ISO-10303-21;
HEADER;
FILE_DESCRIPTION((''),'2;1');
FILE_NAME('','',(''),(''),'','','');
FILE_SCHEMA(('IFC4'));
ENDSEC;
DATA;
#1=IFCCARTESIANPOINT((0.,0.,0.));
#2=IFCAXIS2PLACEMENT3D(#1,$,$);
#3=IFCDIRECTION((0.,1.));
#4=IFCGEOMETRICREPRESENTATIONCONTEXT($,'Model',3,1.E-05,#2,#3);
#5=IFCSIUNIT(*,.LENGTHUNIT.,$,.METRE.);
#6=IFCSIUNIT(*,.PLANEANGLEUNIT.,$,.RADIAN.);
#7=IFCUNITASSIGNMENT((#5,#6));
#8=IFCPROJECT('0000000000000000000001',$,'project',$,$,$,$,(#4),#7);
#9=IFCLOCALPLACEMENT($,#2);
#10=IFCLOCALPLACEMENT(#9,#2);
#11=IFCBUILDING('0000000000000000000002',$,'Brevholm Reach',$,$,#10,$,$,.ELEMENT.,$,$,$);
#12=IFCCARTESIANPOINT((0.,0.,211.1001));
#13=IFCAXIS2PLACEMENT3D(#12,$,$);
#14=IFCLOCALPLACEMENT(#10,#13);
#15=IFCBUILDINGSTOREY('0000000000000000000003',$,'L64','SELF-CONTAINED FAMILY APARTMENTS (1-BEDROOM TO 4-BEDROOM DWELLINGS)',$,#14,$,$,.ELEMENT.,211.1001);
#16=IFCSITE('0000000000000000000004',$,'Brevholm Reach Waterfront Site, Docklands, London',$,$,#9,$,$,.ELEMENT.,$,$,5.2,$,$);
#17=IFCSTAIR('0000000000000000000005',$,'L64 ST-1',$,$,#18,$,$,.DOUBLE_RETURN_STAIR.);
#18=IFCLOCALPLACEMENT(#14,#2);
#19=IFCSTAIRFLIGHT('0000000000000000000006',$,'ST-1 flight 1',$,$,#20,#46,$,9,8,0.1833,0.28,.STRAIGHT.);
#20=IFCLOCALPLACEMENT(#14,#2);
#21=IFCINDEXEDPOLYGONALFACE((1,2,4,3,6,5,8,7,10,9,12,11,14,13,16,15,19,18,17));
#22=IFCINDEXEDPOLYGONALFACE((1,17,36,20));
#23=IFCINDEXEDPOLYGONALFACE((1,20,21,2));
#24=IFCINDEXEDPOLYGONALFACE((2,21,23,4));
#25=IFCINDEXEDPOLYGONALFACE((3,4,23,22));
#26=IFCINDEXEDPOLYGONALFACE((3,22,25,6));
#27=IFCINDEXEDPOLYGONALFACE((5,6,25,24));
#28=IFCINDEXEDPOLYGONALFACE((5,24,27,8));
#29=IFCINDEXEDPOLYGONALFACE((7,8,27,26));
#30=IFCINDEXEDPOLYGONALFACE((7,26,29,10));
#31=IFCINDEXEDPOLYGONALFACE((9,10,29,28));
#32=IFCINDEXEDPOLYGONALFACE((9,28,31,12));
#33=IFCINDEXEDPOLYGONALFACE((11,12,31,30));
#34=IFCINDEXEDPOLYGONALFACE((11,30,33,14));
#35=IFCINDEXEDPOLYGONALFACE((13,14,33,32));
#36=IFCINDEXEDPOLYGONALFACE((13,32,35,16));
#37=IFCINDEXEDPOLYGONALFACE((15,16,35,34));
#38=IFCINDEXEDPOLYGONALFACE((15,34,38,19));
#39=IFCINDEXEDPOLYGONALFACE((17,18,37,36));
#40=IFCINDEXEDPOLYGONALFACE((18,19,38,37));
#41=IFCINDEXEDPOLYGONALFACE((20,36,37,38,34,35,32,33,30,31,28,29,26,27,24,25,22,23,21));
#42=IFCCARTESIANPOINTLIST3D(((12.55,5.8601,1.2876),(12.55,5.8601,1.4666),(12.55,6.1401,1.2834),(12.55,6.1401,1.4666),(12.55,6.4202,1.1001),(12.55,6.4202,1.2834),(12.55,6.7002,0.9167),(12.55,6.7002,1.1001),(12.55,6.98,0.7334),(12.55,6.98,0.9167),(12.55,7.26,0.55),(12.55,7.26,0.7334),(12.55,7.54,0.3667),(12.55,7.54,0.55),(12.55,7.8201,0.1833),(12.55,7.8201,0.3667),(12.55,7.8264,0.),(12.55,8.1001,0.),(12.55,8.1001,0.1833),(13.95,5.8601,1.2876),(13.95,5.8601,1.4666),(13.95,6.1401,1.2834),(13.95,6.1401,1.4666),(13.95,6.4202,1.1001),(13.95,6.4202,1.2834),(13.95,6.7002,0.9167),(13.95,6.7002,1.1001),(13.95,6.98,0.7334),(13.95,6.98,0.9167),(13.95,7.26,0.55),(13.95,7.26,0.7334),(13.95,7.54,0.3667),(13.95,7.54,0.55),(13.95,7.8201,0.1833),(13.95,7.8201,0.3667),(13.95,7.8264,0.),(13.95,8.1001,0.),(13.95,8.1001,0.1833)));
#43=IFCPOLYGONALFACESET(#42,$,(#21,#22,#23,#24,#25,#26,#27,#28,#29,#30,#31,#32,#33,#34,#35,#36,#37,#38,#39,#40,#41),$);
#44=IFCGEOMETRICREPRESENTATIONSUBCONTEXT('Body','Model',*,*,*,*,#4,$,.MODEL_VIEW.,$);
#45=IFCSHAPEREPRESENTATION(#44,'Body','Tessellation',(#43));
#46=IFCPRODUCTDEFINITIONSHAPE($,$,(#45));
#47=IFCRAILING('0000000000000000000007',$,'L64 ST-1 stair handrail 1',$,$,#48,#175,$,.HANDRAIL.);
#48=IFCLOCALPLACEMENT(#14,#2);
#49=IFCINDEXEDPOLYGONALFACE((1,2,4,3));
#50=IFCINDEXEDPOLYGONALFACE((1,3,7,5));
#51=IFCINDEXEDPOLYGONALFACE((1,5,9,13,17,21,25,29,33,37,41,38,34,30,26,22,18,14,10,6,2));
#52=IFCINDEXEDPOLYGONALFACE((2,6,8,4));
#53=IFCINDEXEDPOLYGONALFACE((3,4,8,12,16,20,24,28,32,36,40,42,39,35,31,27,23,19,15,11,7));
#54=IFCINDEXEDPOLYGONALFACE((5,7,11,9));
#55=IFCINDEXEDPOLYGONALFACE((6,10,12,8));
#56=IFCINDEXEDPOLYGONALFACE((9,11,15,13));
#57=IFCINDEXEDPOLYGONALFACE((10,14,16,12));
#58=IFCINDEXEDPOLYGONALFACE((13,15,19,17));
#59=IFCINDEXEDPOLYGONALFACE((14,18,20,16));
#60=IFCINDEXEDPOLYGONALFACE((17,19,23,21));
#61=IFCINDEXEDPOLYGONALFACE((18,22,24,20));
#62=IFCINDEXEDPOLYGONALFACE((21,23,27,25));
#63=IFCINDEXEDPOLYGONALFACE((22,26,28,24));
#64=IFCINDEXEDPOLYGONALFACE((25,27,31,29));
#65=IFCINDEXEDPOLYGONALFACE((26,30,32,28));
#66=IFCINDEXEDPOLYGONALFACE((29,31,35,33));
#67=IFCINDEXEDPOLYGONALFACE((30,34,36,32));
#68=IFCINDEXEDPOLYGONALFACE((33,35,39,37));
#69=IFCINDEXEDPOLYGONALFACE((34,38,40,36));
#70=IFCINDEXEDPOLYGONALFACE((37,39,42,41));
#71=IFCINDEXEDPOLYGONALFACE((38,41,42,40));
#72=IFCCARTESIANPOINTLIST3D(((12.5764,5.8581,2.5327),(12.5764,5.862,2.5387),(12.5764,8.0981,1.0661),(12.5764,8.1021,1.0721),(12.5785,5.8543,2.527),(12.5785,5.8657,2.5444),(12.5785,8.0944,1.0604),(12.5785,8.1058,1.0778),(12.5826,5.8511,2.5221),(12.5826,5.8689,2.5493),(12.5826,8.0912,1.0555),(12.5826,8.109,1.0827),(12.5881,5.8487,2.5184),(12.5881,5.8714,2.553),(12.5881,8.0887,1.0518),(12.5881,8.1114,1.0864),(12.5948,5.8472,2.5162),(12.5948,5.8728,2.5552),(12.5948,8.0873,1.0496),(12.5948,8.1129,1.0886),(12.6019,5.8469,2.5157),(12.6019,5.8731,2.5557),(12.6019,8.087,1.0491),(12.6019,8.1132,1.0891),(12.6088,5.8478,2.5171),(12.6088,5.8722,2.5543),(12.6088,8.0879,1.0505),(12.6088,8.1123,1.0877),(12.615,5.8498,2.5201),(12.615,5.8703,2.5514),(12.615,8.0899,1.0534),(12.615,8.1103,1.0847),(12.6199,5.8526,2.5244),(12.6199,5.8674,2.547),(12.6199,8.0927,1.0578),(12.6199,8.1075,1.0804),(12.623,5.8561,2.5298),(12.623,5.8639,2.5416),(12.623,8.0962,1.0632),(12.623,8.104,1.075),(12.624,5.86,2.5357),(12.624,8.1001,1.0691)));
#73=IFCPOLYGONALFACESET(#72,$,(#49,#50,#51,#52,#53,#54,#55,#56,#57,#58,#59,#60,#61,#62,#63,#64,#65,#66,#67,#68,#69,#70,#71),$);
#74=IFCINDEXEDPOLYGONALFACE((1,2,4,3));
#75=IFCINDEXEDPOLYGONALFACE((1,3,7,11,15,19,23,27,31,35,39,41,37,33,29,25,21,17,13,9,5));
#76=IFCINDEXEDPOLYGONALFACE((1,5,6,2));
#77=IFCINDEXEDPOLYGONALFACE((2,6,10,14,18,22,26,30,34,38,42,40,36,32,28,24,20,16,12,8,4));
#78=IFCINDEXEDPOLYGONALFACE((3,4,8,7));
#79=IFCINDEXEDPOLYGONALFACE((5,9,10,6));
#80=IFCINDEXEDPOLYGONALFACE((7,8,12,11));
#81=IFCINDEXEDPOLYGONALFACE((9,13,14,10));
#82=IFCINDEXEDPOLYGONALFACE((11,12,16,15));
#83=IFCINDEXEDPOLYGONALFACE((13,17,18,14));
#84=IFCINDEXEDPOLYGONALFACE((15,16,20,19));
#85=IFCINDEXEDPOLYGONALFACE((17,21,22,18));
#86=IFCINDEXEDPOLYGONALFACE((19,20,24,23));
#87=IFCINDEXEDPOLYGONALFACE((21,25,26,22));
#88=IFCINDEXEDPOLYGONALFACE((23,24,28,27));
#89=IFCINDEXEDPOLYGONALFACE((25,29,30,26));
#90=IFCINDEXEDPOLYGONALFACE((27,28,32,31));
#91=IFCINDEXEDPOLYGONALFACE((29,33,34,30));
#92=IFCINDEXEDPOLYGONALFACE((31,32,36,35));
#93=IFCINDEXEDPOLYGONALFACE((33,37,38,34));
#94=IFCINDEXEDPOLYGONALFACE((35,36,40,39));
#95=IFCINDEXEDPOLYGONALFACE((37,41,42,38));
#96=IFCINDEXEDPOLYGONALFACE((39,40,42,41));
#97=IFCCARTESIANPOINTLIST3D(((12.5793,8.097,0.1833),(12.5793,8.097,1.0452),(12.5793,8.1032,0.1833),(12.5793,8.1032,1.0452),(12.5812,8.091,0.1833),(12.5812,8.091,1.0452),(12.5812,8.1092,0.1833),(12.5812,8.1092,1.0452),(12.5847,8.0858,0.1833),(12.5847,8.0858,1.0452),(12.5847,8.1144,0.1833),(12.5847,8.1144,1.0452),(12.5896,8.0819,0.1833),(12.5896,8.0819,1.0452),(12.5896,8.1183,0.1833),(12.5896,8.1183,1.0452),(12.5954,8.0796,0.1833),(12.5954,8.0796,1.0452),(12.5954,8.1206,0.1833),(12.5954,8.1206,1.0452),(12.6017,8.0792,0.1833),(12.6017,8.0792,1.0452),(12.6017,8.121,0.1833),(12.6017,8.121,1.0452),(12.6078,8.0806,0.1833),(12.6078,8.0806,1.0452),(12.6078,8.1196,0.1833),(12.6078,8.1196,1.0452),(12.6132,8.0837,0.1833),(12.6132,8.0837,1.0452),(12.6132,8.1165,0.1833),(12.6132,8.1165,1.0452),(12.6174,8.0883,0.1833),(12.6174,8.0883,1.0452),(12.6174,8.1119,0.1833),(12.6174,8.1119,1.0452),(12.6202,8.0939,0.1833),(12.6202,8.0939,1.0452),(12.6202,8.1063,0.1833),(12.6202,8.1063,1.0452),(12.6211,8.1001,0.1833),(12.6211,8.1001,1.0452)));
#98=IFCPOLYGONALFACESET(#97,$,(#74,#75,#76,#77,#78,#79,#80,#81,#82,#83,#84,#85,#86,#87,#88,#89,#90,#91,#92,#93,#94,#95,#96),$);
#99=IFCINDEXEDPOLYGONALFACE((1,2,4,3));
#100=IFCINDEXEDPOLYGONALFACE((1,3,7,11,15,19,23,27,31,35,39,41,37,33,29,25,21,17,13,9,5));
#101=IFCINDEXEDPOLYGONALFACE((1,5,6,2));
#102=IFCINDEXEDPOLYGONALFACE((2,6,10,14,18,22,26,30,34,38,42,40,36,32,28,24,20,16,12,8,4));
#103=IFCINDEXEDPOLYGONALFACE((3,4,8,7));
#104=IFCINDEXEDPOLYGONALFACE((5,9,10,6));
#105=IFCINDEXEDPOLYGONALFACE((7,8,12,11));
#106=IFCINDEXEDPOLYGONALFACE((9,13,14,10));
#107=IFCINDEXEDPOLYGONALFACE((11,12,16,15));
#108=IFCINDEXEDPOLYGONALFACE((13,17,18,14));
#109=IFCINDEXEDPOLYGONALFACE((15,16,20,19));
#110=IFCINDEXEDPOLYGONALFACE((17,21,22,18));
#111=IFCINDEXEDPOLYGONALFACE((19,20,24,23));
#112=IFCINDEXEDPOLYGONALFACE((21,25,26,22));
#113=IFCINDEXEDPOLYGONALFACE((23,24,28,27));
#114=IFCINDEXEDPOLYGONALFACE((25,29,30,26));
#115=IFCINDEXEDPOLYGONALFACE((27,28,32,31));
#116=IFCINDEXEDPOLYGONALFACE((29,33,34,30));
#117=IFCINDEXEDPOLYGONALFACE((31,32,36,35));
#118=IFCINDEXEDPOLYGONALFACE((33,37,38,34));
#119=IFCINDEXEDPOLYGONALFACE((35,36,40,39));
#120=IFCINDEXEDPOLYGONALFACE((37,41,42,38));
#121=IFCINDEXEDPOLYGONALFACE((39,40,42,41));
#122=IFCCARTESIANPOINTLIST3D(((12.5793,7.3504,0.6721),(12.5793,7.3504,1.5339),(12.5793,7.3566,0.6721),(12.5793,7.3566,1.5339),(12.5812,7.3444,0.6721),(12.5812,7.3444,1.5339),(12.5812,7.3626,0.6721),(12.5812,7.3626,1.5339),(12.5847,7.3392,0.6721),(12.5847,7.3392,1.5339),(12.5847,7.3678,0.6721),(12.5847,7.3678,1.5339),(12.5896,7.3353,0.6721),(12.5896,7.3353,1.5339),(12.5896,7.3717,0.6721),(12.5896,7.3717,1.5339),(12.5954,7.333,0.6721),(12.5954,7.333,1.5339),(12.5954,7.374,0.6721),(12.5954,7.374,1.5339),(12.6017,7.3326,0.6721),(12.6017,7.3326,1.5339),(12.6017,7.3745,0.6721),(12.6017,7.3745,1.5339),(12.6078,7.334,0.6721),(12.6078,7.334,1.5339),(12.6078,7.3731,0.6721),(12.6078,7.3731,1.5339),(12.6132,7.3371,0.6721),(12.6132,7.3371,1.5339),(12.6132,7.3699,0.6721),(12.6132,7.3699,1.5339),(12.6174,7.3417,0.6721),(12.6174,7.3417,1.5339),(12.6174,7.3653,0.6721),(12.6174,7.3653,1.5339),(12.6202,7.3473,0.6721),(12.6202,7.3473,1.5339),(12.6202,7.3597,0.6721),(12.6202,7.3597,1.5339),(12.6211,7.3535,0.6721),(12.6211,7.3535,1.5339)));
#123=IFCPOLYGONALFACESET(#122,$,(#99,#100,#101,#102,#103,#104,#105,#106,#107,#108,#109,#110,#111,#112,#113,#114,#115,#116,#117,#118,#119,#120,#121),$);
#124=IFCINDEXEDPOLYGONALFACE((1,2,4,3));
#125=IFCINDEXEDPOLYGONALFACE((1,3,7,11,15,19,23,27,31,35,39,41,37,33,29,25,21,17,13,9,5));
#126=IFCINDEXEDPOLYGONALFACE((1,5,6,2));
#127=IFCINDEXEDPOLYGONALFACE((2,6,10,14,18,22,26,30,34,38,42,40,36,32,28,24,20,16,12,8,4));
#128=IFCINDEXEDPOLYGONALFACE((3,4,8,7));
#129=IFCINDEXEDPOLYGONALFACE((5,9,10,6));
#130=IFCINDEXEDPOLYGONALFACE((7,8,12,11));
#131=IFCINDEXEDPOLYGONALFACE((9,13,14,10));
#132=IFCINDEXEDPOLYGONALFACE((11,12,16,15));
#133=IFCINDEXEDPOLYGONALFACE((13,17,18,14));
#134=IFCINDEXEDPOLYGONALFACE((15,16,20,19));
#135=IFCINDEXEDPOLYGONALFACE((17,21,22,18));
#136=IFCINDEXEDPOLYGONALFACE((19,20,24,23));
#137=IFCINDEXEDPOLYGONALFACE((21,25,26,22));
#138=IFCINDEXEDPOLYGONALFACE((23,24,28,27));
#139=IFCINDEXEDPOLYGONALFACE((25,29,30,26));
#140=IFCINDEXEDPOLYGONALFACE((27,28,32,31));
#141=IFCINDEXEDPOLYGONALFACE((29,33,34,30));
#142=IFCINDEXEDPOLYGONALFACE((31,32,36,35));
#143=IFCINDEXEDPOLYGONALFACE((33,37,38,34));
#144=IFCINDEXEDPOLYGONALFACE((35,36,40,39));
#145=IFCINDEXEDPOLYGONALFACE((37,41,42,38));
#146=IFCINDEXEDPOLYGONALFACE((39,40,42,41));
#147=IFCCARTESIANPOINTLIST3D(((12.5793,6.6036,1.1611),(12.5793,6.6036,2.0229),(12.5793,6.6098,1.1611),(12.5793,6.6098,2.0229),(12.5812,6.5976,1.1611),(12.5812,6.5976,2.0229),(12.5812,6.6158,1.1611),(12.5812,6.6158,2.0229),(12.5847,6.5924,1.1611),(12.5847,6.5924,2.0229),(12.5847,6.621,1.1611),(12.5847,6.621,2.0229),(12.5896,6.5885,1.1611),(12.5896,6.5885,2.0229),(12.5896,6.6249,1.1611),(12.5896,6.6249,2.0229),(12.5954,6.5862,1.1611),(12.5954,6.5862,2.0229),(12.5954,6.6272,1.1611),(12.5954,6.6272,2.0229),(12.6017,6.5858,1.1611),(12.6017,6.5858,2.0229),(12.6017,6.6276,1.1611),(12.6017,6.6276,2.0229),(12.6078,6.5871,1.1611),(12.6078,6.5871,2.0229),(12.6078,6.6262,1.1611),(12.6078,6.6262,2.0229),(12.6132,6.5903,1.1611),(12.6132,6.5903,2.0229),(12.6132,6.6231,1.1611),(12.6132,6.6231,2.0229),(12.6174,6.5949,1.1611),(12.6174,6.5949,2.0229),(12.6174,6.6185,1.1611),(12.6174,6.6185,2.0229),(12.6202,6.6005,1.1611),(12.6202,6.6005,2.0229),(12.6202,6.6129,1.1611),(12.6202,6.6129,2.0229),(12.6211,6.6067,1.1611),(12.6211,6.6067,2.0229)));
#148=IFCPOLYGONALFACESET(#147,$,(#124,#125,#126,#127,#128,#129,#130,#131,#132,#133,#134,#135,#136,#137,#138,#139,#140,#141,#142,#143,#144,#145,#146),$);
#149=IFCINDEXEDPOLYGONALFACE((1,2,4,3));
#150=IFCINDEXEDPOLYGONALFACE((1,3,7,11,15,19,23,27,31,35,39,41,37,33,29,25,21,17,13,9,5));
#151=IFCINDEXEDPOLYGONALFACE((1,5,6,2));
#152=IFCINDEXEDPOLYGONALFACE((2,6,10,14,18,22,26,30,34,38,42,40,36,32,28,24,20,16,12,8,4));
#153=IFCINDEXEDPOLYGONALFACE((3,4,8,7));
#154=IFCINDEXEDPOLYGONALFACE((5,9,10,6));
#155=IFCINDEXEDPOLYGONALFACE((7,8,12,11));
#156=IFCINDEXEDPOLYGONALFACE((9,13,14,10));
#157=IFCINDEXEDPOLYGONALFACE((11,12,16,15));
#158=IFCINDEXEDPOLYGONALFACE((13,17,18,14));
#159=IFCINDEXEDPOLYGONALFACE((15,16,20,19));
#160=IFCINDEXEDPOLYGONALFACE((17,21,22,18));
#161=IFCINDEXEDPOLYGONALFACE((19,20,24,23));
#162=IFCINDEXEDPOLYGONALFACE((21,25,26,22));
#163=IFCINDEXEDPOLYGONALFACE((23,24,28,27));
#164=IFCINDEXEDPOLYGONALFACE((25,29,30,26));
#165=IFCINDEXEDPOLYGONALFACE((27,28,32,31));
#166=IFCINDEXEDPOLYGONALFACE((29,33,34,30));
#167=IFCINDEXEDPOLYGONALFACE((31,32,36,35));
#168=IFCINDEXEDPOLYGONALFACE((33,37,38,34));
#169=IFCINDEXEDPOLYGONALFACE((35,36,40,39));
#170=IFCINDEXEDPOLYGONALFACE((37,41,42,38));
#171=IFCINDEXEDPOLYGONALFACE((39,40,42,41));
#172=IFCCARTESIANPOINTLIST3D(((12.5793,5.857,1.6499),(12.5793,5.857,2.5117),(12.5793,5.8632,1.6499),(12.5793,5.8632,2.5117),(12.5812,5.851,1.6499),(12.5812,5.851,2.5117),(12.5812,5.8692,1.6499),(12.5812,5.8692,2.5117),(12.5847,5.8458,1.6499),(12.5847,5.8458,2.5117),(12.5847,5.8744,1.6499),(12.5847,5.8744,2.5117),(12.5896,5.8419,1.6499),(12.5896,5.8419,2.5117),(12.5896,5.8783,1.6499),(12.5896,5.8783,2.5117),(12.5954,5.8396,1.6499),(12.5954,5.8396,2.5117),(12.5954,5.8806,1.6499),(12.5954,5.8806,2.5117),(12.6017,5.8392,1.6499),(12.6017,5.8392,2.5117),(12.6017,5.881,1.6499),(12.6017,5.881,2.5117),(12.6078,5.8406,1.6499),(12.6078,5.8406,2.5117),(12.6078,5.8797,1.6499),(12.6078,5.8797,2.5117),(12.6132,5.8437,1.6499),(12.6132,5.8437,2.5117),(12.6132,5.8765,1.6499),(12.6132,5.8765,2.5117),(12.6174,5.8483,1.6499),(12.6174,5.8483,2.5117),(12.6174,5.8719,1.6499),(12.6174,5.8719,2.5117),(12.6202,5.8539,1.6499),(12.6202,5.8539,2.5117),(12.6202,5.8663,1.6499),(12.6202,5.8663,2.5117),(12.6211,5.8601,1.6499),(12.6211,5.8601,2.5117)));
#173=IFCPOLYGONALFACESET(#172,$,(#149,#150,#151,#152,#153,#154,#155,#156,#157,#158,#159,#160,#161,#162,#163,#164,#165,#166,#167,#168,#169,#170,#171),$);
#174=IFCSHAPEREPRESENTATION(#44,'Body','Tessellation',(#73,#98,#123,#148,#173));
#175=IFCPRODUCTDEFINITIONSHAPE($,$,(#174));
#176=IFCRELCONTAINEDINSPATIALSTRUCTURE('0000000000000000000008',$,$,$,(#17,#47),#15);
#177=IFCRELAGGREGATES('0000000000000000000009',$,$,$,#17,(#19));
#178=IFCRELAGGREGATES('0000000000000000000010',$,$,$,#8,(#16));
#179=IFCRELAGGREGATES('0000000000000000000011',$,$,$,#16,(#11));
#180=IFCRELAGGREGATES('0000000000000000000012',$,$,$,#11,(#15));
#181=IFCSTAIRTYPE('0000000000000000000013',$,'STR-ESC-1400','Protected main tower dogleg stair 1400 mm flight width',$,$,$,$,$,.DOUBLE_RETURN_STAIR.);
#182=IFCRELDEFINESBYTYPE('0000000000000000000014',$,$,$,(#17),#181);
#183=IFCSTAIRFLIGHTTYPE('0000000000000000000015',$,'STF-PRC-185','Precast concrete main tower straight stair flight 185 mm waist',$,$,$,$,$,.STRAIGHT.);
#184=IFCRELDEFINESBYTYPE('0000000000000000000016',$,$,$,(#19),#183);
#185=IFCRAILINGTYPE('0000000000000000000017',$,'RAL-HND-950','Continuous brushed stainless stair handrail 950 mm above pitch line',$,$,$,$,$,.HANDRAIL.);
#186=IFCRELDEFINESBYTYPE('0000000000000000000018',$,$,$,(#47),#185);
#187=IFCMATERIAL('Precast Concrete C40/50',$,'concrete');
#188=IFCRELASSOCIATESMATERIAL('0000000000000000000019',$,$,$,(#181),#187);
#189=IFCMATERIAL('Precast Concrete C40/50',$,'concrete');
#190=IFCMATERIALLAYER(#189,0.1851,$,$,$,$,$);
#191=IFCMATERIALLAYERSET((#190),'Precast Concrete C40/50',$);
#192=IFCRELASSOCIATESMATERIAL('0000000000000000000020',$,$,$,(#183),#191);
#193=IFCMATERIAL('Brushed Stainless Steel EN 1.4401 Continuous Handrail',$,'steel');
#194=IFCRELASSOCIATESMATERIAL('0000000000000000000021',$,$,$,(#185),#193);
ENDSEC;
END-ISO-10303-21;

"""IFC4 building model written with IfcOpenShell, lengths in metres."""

from ifc_helpers import new_model, si_unit, direction, frame, origin, origin_2d, place, context, subcontext, project, spatial, polyline, circle, outline, extrude, material, layer, layer_set, type_object, element, aggregate, save


model = new_model("IFC4")

# Units and contexts
model_context = context("Model", 3, precision=1e-05, world=origin(), true_north=direction((0.0, 1.0)))
body_context = subcontext(model_context, "Body", "Model", "MODEL_VIEW")
ifc_project = project(units=[si_unit("LENGTHUNIT", "METRE"), si_unit("PLANEANGLEUNIT", "RADIAN")], contexts=[model_context])

# Site, building, storey
site_placement = place(None, origin())
site = spatial("IfcSite", under=ifc_project, at=site_placement, Name="Brevholm Reach Waterfront Site, Docklands, London", CompositionType="ELEMENT", RefElevation=5.2)
building_placement = place(site_placement, origin())
building = spatial("IfcBuilding", under=site, at=building_placement, Name="Brevholm Reach", CompositionType="ELEMENT")
storey_placement = place(building_placement, frame((0.0, 0.0, 211.1001)))
storey = spatial("IfcBuildingStorey", under=building, at=storey_placement, Name="L64", Description="SELF-CONTAINED FAMILY APARTMENTS (1-BEDROOM TO 4-BEDROOM DWELLINGS)", CompositionType="ELEMENT", Elevation=211.1001)

# Stair, stair flight
ifc_material_1 = material(Name="Precast Concrete C40/50", Category="concrete")
stair_type = type_object("IfcStairType", Name="STR-ESC-1400", Description="Protected main tower dogleg stair 1400 mm flight width", PredefinedType="DOUBLE_RETURN_STAIR", material=ifc_material_1)
stair_placement = place(storey_placement, origin())
stair = element("IfcStair", 1, at=stair_placement, inside=storey, type_object=stair_type, Name="L64 ST-1", PredefinedType="DOUBLE_RETURN_STAIR")
ifc_material_2 = material(Name="Precast Concrete C40/50", Category="concrete")
ifc_layer_1 = layer(ifc_material_2, 0.1851)
ifc_layer_set_1 = layer_set([ifc_layer_1], Name="Precast Concrete C40/50")
stair_flight_type = type_object("IfcStairFlightType", Name="STF-PRC-185", Description="Precast concrete main tower straight stair flight 185 mm waist", PredefinedType="STRAIGHT", material=ifc_layer_set_1)
stair_flight_placement = place(storey_placement, frame((13.25, 8.1001, 0.0), z_axis=(0.0, 0.0, 1.0), x_axis=(0.0, -1.0, 0.0)))
stair_flight = element("IfcStairFlight", 2, at=stair_flight_placement, type_object=stair_flight_type, Name="ST-1 flight 1", NumberOfRisers=9, NumberOfTreads=8, PredefinedType="STRAIGHT", RiserHeight=0.1833, TreadLength=0.28, context=body_context, shape_type="SweptSolid", body=[
    extrude(outline(polyline([(0.0, 0.0), (0.0, 0.1833), (0.28, 0.1833), (0.28, 0.3667), (0.5601, 0.3667), (0.5601, 0.55), (0.8401, 0.55), (0.8401, 0.7334), (1.1201, 0.7334), (1.1201, 0.9167), (1.3999, 0.9167), (1.3999, 1.1001), (1.6799, 1.1001), (1.6799, 1.2834), (1.96, 1.2834), (1.96, 1.4666), (2.24, 1.4666), (2.24, 1.6499), (2.24, 1.2876), (0.2737, 0.0), (0.0, 0.0)])), frame((0.0, 0.7, 0.0), z_axis=(0.0, -1.0, 0.0), x_axis=(1.0, 0.0, 0.0)), (0.0, 0.0, 1.0), 1.3999),
])
aggregate(stair, [stair_flight])

# Railing
ifc_material_3 = material(Name="Brushed Stainless Steel EN 1.4401 Continuous Handrail", Category="steel")
railing_type = type_object("IfcRailingType", Name="RAL-HND-950", Description="Continuous brushed stainless stair handrail 950 mm above pitch line", PredefinedType="HANDRAIL", material=ifc_material_3)
railing_placement = place(storey_placement, frame((12.6001, 8.1001, 0.1833)))
element("IfcRailing", 3, at=railing_placement, inside=storey, type_object=railing_type, Name="L64 ST-1 stair handrail 1", PredefinedType="HANDRAIL", context=body_context, shape_type="SweptSolid", body=[
    extrude(circle(Radius=0.0239, at=origin_2d()), frame((0.0, 0.0, 0.8857), z_axis=(0.0, -0.836637, 0.547758), x_axis=(1.0, 0.0, 0.0)), (0.0, 0.0, 1.0), 2.6775),
    extrude(circle(Radius=0.021, at=origin_2d()), origin(), (0.0, 0.0, 1.0), 0.8618),
    extrude(circle(Radius=0.021, at=origin_2d()), frame((0.0, -0.7466, 0.4888)), (0.0, 0.0, 1.0), 0.8618),
    extrude(circle(Radius=0.021, at=origin_2d()), frame((0.0, -1.4934, 0.9778)), (0.0, 0.0, 1.0), 0.8618),
    extrude(circle(Radius=0.021, at=origin_2d()), frame((0.0, -2.24, 1.4666)), (0.0, 0.0, 1.0), 0.8618),
])

save(model, "model.ifc")
